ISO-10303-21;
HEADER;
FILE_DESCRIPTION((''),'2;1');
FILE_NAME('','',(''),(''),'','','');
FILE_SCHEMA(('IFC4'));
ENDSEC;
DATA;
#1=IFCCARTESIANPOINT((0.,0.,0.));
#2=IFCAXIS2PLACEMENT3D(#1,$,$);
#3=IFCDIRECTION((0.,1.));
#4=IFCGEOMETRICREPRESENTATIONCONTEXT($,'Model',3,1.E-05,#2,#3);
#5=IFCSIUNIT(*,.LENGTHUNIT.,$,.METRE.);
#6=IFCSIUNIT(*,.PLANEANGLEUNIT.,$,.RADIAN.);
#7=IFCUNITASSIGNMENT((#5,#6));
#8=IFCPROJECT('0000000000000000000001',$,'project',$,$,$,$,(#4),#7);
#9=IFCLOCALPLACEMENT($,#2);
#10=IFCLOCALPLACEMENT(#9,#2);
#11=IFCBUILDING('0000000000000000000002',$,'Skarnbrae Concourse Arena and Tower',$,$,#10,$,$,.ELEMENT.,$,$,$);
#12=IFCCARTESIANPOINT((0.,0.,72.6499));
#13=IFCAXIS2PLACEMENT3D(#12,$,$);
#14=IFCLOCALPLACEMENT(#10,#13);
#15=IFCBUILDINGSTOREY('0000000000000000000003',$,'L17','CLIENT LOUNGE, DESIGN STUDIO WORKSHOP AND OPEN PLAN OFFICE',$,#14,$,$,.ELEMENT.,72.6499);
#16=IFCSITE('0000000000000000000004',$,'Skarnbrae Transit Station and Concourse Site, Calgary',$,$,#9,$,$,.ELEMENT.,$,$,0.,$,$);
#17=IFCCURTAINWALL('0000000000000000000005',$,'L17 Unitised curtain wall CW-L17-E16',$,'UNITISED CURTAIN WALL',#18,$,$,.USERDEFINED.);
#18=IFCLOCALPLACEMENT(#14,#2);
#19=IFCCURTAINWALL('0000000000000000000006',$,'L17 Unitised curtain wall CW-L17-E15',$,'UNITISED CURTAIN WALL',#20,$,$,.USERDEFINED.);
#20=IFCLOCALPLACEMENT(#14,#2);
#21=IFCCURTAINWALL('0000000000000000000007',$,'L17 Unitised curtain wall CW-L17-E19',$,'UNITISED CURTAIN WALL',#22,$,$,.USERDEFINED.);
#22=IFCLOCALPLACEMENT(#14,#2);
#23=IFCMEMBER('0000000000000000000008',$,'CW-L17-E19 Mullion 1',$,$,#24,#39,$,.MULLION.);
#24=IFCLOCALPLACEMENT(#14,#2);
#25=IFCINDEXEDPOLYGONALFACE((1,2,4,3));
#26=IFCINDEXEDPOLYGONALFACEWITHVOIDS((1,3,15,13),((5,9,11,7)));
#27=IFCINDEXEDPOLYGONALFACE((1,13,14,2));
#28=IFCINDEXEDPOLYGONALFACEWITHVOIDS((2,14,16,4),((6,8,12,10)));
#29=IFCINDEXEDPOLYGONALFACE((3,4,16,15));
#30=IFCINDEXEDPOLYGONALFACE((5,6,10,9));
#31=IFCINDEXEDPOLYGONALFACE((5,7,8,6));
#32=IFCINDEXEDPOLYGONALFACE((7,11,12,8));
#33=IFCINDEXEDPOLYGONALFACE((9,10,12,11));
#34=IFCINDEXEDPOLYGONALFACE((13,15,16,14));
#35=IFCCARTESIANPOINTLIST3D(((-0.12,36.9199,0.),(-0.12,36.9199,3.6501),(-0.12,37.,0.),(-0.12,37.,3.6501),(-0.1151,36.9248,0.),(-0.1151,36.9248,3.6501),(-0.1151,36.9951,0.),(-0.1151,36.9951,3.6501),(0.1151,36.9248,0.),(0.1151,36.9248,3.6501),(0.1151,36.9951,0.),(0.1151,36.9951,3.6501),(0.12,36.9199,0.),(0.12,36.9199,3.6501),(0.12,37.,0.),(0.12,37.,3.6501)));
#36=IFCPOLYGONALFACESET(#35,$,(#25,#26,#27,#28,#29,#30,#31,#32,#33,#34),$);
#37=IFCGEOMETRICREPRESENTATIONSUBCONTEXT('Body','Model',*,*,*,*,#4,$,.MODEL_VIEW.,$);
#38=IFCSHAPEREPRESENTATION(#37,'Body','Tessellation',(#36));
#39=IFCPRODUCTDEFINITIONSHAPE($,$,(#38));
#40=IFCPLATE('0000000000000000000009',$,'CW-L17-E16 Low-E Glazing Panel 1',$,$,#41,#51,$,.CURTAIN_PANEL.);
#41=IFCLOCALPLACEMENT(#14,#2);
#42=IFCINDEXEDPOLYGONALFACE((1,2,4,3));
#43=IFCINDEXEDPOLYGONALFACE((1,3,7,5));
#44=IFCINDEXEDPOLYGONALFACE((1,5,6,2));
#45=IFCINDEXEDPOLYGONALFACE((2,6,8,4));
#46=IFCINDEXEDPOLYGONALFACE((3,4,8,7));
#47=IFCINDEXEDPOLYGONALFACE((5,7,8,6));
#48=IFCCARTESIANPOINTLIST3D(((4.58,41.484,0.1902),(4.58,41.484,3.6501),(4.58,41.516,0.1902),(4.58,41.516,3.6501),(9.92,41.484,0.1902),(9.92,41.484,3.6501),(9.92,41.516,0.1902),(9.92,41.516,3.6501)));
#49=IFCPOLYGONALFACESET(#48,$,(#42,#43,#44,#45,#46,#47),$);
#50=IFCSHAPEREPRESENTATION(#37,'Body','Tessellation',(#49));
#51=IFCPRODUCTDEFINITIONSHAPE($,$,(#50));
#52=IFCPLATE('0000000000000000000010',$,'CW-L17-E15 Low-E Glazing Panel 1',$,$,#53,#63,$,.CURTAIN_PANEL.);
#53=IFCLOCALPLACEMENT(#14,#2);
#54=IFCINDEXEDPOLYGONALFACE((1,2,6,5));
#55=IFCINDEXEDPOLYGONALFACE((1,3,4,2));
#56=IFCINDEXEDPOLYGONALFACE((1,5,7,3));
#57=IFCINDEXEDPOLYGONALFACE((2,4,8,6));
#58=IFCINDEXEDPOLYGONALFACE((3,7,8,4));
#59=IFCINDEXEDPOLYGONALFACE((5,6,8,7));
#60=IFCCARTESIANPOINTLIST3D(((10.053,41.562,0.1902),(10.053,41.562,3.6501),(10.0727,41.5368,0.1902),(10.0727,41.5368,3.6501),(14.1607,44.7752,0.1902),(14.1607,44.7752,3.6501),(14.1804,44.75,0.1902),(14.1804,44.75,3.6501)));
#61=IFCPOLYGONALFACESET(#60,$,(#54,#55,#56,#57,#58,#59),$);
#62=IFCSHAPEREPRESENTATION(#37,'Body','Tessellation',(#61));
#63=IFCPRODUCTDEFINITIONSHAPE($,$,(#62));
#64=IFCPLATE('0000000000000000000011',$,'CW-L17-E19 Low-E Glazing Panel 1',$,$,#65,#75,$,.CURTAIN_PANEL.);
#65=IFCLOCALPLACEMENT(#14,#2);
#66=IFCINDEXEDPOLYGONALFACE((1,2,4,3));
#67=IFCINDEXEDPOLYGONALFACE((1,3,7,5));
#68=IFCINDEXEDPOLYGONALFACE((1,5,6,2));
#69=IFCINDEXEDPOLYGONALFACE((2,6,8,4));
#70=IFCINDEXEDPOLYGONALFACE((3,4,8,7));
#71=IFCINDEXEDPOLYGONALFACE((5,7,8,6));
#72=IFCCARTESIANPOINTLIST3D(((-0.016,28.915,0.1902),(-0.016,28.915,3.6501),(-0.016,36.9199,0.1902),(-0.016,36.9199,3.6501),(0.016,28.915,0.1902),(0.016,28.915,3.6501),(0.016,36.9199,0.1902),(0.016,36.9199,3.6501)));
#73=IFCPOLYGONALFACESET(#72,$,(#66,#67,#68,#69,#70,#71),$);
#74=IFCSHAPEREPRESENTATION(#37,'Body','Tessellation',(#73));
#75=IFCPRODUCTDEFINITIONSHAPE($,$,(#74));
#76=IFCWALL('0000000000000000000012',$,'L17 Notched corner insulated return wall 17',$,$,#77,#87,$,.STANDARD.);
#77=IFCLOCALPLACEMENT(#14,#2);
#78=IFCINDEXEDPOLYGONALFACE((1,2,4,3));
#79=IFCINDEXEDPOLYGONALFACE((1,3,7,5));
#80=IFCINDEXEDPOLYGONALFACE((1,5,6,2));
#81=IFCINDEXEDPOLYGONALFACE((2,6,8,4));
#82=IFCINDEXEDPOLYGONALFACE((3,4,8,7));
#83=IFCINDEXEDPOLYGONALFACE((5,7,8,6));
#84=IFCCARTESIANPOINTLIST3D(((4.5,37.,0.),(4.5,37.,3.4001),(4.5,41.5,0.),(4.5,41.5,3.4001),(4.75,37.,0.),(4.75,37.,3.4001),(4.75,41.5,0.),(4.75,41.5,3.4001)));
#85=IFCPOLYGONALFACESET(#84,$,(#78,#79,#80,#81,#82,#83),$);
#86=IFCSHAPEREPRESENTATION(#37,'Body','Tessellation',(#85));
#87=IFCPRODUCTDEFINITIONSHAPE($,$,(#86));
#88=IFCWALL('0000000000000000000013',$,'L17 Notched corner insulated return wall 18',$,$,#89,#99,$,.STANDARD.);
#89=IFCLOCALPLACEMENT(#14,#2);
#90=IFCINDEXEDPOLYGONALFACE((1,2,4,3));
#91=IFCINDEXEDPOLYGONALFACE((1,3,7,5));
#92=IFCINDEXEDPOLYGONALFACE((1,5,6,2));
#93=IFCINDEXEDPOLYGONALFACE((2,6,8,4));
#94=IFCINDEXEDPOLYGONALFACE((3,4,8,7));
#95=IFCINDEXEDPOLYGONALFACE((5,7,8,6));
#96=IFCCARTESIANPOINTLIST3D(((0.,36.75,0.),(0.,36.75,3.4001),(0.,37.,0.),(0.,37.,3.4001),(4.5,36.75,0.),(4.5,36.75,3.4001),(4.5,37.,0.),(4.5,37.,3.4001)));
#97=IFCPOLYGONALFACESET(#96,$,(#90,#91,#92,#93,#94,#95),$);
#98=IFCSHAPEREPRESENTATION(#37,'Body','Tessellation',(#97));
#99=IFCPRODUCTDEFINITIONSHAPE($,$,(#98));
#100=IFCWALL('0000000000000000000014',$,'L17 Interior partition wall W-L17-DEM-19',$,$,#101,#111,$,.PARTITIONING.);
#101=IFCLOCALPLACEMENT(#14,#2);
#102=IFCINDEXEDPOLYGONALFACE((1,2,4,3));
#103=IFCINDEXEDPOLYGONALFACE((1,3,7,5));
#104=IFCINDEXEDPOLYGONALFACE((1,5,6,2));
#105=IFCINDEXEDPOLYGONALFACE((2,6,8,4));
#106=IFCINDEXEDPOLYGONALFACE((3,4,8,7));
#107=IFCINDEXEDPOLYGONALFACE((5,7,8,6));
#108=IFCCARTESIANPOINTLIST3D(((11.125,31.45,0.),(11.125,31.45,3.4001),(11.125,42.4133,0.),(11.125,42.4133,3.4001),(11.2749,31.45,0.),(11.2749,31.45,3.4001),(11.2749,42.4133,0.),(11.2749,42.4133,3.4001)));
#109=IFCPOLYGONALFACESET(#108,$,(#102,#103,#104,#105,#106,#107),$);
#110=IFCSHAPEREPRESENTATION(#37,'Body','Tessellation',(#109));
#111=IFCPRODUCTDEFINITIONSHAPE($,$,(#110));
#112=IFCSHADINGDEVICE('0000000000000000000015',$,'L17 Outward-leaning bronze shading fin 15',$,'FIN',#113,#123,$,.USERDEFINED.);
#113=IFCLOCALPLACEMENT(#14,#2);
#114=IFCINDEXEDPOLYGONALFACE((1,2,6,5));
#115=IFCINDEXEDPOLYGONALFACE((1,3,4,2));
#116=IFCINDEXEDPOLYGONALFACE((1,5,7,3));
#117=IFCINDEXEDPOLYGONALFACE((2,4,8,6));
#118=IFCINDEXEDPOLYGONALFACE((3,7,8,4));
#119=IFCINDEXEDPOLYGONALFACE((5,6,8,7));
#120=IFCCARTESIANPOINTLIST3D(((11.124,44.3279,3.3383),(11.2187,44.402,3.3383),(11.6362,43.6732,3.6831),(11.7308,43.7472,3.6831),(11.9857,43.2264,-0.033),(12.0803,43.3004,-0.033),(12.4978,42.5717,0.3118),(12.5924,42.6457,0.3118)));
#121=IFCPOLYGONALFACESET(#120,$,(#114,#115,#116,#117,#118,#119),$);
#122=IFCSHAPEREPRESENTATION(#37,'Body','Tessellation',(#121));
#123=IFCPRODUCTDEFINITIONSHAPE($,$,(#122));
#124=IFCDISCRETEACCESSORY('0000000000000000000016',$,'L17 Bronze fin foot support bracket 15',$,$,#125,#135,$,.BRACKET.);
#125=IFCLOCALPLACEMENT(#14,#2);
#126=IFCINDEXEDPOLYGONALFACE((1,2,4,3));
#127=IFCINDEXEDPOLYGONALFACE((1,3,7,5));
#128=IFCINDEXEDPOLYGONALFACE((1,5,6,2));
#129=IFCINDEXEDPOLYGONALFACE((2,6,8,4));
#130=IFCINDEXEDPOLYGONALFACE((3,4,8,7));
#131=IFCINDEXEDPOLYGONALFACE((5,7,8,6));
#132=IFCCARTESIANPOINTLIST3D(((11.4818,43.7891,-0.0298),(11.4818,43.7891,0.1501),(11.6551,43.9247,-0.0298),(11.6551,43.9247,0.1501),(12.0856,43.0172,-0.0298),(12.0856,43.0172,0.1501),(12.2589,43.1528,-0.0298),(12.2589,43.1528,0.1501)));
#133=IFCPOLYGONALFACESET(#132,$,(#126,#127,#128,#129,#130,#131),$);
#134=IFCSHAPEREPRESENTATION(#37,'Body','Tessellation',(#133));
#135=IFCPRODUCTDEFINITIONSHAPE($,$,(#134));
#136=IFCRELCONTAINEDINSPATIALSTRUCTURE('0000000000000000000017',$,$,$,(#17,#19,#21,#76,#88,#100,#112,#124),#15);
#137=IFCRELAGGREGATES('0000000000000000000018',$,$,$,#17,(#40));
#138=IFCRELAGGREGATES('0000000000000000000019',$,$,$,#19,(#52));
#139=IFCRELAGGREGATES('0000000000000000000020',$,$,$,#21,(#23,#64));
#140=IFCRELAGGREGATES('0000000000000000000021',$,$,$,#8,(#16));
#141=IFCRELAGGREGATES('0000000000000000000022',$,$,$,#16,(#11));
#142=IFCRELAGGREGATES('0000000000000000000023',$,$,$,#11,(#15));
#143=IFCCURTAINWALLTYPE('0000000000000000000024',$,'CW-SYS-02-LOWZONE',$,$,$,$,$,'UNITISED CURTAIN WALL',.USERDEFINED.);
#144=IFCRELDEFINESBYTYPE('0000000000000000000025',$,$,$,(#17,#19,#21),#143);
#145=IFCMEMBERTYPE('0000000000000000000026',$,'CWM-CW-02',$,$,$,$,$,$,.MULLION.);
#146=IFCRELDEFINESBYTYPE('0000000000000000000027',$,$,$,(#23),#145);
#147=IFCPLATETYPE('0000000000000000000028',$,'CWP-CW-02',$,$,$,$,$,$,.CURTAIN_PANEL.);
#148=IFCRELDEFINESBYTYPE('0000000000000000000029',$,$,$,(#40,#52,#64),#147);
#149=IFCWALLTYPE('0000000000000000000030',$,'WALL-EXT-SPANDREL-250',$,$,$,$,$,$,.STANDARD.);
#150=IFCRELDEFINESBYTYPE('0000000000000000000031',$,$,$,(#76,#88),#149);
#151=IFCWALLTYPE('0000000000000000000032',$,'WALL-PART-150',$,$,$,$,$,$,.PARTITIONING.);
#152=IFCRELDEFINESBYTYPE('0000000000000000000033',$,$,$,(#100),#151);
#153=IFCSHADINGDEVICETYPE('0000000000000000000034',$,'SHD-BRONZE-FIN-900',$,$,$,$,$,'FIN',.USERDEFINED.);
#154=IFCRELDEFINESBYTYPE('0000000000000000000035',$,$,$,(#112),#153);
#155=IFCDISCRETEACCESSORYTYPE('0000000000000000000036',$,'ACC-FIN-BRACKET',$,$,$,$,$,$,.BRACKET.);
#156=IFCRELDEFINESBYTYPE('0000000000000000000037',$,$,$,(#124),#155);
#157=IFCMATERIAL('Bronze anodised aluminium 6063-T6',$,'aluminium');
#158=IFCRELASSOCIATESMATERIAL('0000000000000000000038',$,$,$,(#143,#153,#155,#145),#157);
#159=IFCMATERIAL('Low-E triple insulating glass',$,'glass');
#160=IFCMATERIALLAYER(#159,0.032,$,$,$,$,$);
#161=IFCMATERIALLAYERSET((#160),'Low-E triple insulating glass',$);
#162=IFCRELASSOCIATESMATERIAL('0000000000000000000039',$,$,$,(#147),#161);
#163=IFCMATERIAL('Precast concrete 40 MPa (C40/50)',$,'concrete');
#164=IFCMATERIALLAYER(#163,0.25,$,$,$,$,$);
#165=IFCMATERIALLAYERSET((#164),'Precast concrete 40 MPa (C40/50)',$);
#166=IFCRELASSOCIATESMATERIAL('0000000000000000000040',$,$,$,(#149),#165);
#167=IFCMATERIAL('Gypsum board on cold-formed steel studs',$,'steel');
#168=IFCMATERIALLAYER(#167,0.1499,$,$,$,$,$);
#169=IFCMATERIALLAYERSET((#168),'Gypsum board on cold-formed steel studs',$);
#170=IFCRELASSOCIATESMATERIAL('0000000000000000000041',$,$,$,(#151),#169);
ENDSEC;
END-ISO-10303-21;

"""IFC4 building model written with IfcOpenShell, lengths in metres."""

from ifc_helpers import new_model, si_unit, direction, frame, frame_2d, origin, origin_2d, place, context, subcontext, project, spatial, rectangle, hollow_rectangle, extrude, source, transform, mapped, material, layer, layer_set, material_profile, profile_set, type_object, element, aggregate, save


model = new_model("IFC4")

# Units and contexts
model_context = context("Model", 3, precision=1e-05, world=origin(), true_north=direction((0.0, 1.0)))
body_context = subcontext(model_context, "Body", "Model", "MODEL_VIEW")
ifc_project = project(units=[si_unit("LENGTHUNIT", "METRE"), si_unit("PLANEANGLEUNIT", "RADIAN")], contexts=[model_context])

# Site, building, storey
site_placement = place(None, origin())
site = spatial("IfcSite", under=ifc_project, at=site_placement, Name="Skarnbrae Transit Station and Concourse Site, Calgary", CompositionType="ELEMENT", RefElevation=0.0)
building_placement = place(site_placement, origin())
building = spatial("IfcBuilding", under=site, at=building_placement, Name="Skarnbrae Concourse Arena and Tower", CompositionType="ELEMENT")
storey_placement = place(building_placement, frame((0.0, 0.0, 72.6499)))
storey = spatial("IfcBuildingStorey", under=building, at=storey_placement, Name="L17", Description="CLIENT LOUNGE, DESIGN STUDIO WORKSHOP AND OPEN PLAN OFFICE", CompositionType="ELEMENT", Elevation=72.6499)

# Curtain walls
ifc_material_1 = material(Name="Bronze anodised aluminium 6063-T6", Category="aluminium")
curtain_wall_type = type_object("IfcCurtainWallType", Name="CW-SYS-02-LOWZONE", ElementType="UNITISED CURTAIN WALL", PredefinedType="USERDEFINED", material=ifc_material_1)
curtain_wall_1_placement = place(storey_placement, origin())
curtain_wall_1 = element("IfcCurtainWall", 1, at=curtain_wall_1_placement, inside=storey, type_object=curtain_wall_type, Name="L17 Unitised curtain wall CW-L17-E16", ObjectType="UNITISED CURTAIN WALL", PredefinedType="USERDEFINED")
curtain_wall_2_placement = place(storey_placement, origin())
curtain_wall_2 = element("IfcCurtainWall", 2, at=curtain_wall_2_placement, inside=storey, type_object=curtain_wall_type, Name="L17 Unitised curtain wall CW-L17-E15", ObjectType="UNITISED CURTAIN WALL", PredefinedType="USERDEFINED")
curtain_wall_3_placement = place(storey_placement, origin())
curtain_wall_3 = element("IfcCurtainWall", 3, at=curtain_wall_3_placement, inside=storey, type_object=curtain_wall_type, Name="L17 Unitised curtain wall CW-L17-E19", ObjectType="UNITISED CURTAIN WALL", PredefinedType="USERDEFINED")
ifc_material_profile_1 = material_profile(ifc_material_1, hollow_rectangle(XDim=0.0801, YDim=0.24, WallThickness=0.0049, at=origin_2d()), Name="ALU-MULL-80X240")
ifc_profile_set_1 = profile_set([ifc_material_profile_1], Name="Bronze anodised aluminium 6063-T6")
member_type_1 = type_object("IfcMemberType", Name="CWM-CW-02", PredefinedType="MULLION", material=ifc_profile_set_1)
shared_shape_1 = source(origin(), body_context, "Body", "SweptSolid", [
    extrude(hollow_rectangle(XDim=0.0801, YDim=0.24, WallThickness=0.0049, at=origin_2d()), origin(), (0.0, 0.0, 1.0), 3.6501),
])

# Member
member_1_placement = place(storey_placement, frame((0.0, 36.96, 0.0), z_axis=(0.0, 0.0, 1.0), x_axis=(0.0, -1.0, 0.0)))
member_1 = element("IfcMember", 4, at=member_1_placement, type_object=member_type_1, Name="CW-L17-E19 Mullion 1", PredefinedType="MULLION", context=body_context, shape_type="MappedRepresentation", body=[
    mapped(shared_shape_1, transform((0.0, 0.0, 0.0))),
])

# Plates
ifc_material_2 = material(Name="Low-E triple insulating glass", Category="glass")
ifc_layer_1 = layer(ifc_material_2, 0.032)
ifc_layer_set_1 = layer_set([ifc_layer_1], Name="Low-E triple insulating glass")
plate_type = type_object("IfcPlateType", Name="CWP-CW-02", PredefinedType="CURTAIN_PANEL", material=ifc_layer_set_1)
shared_shape_2 = source(origin(), body_context, "Body", "SweptSolid", [
    extrude(rectangle(XDim=5.3401, YDim=0.032, at=origin_2d()), origin(), (0.0, 0.0, 1.0), 3.46),
])
plate_1_placement = place(storey_placement, frame((7.25, 41.5, 0.1902), z_axis=(0.0, 0.0, 1.0), x_axis=(-1.0, 0.0, 0.0)))
plate_1 = element("IfcPlate", 5, at=plate_1_placement, type_object=plate_type, Name="CW-L17-E16 Low-E Glazing Panel 1", PredefinedType="CURTAIN_PANEL", context=body_context, shape_type="MappedRepresentation", body=[
    mapped(shared_shape_2, transform((0.0, 0.0, 0.0))),
])
aggregate(curtain_wall_1, [plate_1])
shared_shape_3 = source(origin(), body_context, "Body", "SweptSolid", [
    extrude(rectangle(XDim=5.2151, YDim=0.032, at=origin_2d()), origin(), (0.0, 0.0, 1.0), 3.46),
])
plate_2_placement = place(storey_placement, frame((12.1167, 43.156, 0.1902), z_axis=(0.0, 0.0, 1.0), x_axis=(-0.787652, -0.616121, 0.0)))
plate_2 = element("IfcPlate", 6, at=plate_2_placement, type_object=plate_type, Name="CW-L17-E15 Low-E Glazing Panel 1", PredefinedType="CURTAIN_PANEL", context=body_context, shape_type="MappedRepresentation", body=[
    mapped(shared_shape_3, transform((0.0, 0.0, 0.0))),
])
aggregate(curtain_wall_2, [plate_2])
shared_shape_4 = source(origin(), body_context, "Body", "SweptSolid", [
    extrude(rectangle(XDim=8.0049, YDim=0.032, at=origin_2d()), origin(), (0.0, 0.0, 1.0), 3.46),
])
plate_3_placement = place(storey_placement, frame((0.0, 32.9175, 0.1902), z_axis=(0.0, 0.0, 1.0), x_axis=(0.0, -1.0, 0.0)))
plate_3 = element("IfcPlate", 7, at=plate_3_placement, type_object=plate_type, Name="CW-L17-E19 Low-E Glazing Panel 1", PredefinedType="CURTAIN_PANEL", context=body_context, shape_type="MappedRepresentation", body=[
    mapped(shared_shape_4, transform((0.0, 0.0, 0.0))),
])
aggregate(curtain_wall_3, [member_1, plate_3])

# Walls
ifc_material_3 = material(Name="Precast concrete 40 MPa (C40/50)", Category="concrete")
ifc_layer_2 = layer(ifc_material_3, 0.25)
ifc_layer_set_2 = layer_set([ifc_layer_2], Name="Precast concrete 40 MPa (C40/50)")
wall_type_1 = type_object("IfcWallType", Name="WALL-EXT-SPANDREL-250", PredefinedType="STANDARD", material=ifc_layer_set_2)
shared_shape_5 = source(origin(), body_context, "Body", "SweptSolid", [
    extrude(rectangle(XDim=4.5, YDim=0.25, at=frame_2d((2.25, 0.0))), origin(), (0.0, 0.0, 1.0), 3.4001),
])
for number, where, z_axis, x_axis, name in (
    (8, (4.625, 41.5, 0.0), (0.0, 0.0, 1.0), (0.0, -1.0, 0.0), "L17 Notched corner insulated return wall 17"),
    (9, (4.5, 36.875, 0.0), (0.0, 0.0, 1.0), (-1.0, 0.0, 0.0), "L17 Notched corner insulated return wall 18"),
):
    element("IfcWall", number, at=place(storey_placement, frame(where, z_axis=z_axis, x_axis=x_axis)), inside=storey, type_object=wall_type_1, Name=name, PredefinedType="STANDARD", context=body_context, shape_type="MappedRepresentation", body=[
        mapped(shared_shape_5, transform((0.0, 0.0, 0.0))),
    ])
ifc_material_4 = material(Name="Gypsum board on cold-formed steel studs", Category="steel")
ifc_layer_3 = layer(ifc_material_4, 0.1499)
ifc_layer_set_3 = layer_set([ifc_layer_3], Name="Gypsum board on cold-formed steel studs")
wall_type_2 = type_object("IfcWallType", Name="WALL-PART-150", PredefinedType="PARTITIONING", material=ifc_layer_set_3)
shared_shape_6 = source(origin(), body_context, "Body", "SweptSolid", [
    extrude(rectangle(XDim=10.9634, YDim=0.1499, at=frame_2d((5.4817, 0.0))), origin(), (0.0, 0.0, 1.0), 3.4001),
])
wall_placement = place(storey_placement, frame((11.2, 42.4133, 0.0), z_axis=(0.0, 0.0, 1.0), x_axis=(0.0, -1.0, 0.0)))
element("IfcWall", 10, at=wall_placement, inside=storey, type_object=wall_type_2, Name="L17 Interior partition wall W-L17-DEM-19", PredefinedType="PARTITIONING", context=body_context, shape_type="MappedRepresentation", body=[
    mapped(shared_shape_6, transform((0.0, 0.0, 0.0))),
])

# Shading device
shading_device_type = type_object("IfcShadingDeviceType", Name="SHD-BRONZE-FIN-900", ElementType="FIN", PredefinedType="USERDEFINED", material=ifc_material_1)
shared_shape_7 = source(origin(), body_context, "Body", "SweptSolid", [
    extrude(rectangle(XDim=0.1201, YDim=0.8999, at=origin_2d()), origin(), (0.0, 0.0, 1.0), 3.6499),
])
shading_device_placement = place(storey_placement, frame((12.2891, 42.936, 0.1394), z_axis=(-0.236075, 0.301804, 0.923679), x_axis=(0.787656, 0.616115, 0.0)))
element("IfcShadingDevice", 11, at=shading_device_placement, inside=storey, type_object=shading_device_type, Name="L17 Outward-leaning bronze shading fin 15", ObjectType="FIN", PredefinedType="USERDEFINED", context=body_context, shape_type="MappedRepresentation", body=[
    mapped(shared_shape_7, transform((0.0, 0.0, 0.0))),
])

# Discrete accessory
discrete_accessory_type = type_object("IfcDiscreteAccessoryType", Name="ACC-FIN-BRACKET", PredefinedType="BRACKET", material=ifc_material_1)
shared_shape_8 = source(origin(), body_context, "Body", "SweptSolid", [
    extrude(rectangle(XDim=0.22, YDim=0.98, at=origin_2d()), origin(), (0.0, 0.0, 1.0), 0.1799),
])
discrete_accessory_placement = place(storey_placement, frame((11.8704, 43.4709, -0.0298), z_axis=(0.0, 0.0, 1.0), x_axis=(0.787656, 0.616115, 0.0)))
element("IfcDiscreteAccessory", 12, at=discrete_accessory_placement, inside=storey, type_object=discrete_accessory_type, Name="L17 Bronze fin foot support bracket 15", PredefinedType="BRACKET", context=body_context, shape_type="MappedRepresentation", body=[
    mapped(shared_shape_8, transform((0.0, 0.0, 0.0))),
])

save(model, "model.ifc")
